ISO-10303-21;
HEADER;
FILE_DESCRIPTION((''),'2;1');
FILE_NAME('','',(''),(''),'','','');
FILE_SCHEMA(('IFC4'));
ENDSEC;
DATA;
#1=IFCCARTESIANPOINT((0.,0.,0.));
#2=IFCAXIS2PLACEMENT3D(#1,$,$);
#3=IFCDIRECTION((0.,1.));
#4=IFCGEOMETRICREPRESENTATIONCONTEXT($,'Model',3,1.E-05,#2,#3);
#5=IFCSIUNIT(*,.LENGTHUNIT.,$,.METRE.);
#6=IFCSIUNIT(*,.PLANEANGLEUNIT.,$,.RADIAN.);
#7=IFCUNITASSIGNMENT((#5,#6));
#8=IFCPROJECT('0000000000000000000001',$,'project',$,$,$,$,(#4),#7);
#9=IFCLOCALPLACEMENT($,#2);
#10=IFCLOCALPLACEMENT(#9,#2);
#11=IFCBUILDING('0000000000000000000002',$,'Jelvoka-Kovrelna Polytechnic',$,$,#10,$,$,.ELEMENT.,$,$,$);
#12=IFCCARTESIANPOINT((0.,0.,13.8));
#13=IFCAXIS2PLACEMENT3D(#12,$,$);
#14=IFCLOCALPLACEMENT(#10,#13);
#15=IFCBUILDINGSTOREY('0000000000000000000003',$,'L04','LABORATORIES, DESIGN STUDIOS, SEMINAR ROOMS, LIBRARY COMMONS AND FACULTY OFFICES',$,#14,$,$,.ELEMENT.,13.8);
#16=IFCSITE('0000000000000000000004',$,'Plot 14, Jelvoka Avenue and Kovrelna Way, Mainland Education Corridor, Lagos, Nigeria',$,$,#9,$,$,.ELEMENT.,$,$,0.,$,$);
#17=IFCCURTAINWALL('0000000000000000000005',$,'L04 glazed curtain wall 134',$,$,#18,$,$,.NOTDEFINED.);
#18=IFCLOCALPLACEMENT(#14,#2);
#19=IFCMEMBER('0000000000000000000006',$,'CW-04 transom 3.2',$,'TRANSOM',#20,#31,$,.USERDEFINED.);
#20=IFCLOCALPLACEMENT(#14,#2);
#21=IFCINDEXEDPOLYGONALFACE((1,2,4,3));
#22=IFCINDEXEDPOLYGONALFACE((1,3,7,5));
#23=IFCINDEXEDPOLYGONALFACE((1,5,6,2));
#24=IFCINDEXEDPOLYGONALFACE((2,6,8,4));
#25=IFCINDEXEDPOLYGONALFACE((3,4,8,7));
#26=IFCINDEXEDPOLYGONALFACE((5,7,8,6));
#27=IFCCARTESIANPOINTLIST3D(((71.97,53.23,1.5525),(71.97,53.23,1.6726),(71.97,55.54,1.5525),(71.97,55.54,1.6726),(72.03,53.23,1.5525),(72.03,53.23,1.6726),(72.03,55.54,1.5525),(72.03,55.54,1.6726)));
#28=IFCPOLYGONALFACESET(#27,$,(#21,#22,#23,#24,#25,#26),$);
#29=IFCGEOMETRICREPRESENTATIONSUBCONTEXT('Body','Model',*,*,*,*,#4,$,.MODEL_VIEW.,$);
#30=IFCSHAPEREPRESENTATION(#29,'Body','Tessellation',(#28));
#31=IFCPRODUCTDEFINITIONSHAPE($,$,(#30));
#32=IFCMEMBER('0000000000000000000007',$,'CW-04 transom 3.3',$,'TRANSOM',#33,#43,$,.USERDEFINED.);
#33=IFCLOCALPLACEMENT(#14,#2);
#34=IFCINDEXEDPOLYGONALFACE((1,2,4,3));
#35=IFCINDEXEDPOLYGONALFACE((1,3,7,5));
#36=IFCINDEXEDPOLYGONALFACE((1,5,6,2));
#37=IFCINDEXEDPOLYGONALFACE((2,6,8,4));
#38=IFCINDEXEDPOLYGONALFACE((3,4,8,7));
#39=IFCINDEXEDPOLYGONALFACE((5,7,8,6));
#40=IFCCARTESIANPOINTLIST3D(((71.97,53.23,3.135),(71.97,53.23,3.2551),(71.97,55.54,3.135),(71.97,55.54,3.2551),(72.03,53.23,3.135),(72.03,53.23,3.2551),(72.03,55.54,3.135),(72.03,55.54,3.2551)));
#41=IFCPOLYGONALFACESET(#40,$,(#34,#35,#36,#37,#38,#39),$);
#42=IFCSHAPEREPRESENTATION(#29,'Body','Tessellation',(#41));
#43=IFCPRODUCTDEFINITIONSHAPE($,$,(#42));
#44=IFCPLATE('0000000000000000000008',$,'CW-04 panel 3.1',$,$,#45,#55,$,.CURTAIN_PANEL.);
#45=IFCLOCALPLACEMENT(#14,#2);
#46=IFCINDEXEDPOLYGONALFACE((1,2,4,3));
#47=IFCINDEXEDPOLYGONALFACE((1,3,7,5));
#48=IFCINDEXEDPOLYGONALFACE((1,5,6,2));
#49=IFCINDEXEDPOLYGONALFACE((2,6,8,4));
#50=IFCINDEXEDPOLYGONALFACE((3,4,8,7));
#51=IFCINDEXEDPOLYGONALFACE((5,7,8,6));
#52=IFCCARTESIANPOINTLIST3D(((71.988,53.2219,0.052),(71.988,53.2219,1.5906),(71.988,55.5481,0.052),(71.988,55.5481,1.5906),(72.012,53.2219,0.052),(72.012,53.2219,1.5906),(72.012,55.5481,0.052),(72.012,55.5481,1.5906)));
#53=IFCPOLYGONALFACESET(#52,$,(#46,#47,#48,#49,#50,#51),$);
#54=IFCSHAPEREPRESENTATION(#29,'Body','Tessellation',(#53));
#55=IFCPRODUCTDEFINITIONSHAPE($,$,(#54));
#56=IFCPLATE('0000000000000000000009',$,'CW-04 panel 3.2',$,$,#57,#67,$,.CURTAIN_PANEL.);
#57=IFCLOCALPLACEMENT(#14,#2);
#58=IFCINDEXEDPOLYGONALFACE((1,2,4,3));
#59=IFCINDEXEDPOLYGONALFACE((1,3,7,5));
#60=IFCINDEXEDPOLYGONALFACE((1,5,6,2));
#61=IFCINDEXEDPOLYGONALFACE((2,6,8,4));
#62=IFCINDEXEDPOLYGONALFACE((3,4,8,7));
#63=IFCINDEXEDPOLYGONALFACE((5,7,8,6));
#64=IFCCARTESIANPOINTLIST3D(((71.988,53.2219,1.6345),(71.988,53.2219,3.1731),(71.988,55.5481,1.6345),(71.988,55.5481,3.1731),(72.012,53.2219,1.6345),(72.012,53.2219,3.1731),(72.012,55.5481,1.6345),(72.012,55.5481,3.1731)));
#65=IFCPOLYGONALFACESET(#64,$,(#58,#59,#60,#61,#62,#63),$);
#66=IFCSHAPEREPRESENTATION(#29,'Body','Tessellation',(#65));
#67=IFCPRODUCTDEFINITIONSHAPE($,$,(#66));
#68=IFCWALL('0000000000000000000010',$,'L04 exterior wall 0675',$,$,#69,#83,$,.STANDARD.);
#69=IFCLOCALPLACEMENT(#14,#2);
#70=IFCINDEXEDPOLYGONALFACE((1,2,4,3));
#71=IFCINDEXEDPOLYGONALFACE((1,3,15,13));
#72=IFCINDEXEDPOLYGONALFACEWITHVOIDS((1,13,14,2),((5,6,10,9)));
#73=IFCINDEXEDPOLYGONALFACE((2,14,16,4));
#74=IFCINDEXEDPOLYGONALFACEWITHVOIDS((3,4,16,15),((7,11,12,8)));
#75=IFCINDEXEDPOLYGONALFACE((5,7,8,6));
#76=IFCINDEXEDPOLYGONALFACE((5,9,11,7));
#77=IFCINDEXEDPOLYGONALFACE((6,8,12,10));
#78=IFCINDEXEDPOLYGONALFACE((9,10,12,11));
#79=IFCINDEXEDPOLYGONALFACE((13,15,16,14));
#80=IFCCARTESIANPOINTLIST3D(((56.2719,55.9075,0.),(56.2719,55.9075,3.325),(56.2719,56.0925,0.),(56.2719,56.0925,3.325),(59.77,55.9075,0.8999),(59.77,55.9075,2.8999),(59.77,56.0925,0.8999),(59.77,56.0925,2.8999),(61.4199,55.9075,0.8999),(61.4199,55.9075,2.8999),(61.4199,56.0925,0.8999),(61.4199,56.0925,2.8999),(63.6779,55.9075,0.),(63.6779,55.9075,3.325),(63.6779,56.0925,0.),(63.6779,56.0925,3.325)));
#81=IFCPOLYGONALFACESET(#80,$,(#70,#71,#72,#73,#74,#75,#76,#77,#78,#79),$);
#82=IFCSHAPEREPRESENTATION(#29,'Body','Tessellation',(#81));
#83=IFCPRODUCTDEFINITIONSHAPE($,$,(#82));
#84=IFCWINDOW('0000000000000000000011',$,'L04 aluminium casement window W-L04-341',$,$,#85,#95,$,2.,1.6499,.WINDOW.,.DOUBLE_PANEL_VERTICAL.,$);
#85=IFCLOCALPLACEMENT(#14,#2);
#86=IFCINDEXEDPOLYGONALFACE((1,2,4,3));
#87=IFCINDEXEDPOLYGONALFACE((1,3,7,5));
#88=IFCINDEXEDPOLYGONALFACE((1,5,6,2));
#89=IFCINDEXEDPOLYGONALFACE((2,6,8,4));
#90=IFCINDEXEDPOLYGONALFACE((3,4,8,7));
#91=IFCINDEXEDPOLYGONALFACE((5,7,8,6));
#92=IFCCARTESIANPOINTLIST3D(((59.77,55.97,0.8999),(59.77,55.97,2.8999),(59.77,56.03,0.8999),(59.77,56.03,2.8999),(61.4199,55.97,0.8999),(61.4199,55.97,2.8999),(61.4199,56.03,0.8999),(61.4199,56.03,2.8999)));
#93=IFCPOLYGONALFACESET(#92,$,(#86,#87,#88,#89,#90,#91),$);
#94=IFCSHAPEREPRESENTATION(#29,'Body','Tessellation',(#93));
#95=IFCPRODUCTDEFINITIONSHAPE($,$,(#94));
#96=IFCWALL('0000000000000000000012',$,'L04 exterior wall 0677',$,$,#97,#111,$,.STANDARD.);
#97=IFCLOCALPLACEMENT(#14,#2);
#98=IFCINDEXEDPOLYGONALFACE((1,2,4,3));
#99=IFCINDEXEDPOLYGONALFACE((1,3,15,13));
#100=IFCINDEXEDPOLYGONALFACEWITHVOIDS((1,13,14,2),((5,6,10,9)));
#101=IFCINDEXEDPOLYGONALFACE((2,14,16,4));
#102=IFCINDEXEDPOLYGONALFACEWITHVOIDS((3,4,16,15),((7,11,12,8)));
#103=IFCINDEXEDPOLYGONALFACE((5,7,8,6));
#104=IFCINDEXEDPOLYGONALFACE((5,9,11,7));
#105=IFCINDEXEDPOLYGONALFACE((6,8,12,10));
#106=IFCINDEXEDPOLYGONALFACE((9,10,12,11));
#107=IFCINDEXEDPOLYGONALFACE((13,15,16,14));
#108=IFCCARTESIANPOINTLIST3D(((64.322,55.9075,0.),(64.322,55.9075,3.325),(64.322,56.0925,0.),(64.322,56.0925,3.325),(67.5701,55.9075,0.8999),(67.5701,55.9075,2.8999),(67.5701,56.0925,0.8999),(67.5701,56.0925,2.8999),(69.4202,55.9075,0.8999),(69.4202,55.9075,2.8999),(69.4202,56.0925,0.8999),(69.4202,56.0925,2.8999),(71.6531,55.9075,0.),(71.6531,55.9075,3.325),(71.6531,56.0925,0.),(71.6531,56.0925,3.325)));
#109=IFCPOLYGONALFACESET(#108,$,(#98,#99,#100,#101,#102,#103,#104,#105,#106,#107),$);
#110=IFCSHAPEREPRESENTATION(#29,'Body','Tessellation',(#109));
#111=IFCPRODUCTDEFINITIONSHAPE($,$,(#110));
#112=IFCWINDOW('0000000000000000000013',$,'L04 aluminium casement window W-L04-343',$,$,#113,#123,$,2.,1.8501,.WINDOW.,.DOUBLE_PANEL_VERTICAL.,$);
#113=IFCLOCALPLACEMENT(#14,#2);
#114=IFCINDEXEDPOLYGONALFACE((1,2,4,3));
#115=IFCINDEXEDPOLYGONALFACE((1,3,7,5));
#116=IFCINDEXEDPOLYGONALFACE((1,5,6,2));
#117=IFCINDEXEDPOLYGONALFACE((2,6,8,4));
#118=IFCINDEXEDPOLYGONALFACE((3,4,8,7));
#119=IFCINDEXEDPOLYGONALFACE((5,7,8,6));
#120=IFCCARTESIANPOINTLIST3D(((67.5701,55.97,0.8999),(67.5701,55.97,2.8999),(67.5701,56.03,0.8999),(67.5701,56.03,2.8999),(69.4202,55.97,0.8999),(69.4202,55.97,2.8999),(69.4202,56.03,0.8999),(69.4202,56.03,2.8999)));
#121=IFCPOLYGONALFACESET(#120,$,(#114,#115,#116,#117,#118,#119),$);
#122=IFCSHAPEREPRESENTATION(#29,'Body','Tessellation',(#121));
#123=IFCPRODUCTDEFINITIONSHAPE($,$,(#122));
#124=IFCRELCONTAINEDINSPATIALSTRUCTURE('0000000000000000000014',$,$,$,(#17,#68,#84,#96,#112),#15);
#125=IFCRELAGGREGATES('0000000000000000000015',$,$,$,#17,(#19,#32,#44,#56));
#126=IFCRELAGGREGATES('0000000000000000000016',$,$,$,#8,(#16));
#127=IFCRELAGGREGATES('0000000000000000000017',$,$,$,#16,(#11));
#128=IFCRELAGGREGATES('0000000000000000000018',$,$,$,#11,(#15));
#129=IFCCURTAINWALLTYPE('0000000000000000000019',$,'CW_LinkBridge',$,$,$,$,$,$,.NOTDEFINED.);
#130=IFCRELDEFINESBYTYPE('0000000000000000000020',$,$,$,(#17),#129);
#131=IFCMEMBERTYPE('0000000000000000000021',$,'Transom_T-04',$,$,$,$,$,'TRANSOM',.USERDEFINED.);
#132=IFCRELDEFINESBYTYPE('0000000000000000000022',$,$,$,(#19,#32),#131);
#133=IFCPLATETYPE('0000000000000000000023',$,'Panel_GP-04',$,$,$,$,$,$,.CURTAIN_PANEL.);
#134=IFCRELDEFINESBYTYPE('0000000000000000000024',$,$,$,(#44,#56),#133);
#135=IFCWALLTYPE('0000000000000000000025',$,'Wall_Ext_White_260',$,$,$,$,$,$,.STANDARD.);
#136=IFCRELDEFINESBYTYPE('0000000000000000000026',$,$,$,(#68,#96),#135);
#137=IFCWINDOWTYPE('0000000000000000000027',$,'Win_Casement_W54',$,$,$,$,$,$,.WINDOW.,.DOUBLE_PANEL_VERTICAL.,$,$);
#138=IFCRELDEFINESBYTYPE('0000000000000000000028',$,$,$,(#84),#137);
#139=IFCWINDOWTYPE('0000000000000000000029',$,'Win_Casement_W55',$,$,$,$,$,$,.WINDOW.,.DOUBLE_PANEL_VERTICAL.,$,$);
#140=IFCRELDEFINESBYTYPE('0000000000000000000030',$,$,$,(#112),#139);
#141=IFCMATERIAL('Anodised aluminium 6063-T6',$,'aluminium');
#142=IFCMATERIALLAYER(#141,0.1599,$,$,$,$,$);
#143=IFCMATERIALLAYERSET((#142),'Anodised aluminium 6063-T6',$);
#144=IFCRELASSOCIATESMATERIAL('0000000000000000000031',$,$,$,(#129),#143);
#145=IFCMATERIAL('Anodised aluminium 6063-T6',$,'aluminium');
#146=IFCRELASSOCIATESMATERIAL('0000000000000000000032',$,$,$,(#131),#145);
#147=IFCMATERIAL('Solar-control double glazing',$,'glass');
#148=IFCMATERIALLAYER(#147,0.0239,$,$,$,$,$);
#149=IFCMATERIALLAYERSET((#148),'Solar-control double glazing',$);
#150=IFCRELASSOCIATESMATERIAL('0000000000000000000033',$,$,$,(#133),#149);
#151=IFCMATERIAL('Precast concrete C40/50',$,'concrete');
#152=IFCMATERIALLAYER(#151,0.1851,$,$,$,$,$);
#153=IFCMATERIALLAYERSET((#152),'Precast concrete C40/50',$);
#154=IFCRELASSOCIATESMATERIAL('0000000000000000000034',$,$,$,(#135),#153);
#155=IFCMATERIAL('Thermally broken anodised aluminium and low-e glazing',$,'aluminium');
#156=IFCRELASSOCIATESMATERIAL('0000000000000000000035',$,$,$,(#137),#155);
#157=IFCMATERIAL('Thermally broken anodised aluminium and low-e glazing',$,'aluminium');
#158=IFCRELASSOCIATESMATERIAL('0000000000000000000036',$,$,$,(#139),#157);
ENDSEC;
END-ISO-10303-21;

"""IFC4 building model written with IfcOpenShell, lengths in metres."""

from ifc_helpers import new_model, si_unit, direction, frame, frame_2d, origin, origin_2d, place, context, subcontext, project, spatial, rectangle, extrude, material, layer, layer_set, material_profile, profile_set, type_object, element, fill, aggregate, save


model = new_model("IFC4")

# Units and contexts
model_context = context("Model", 3, precision=1e-05, world=origin(), true_north=direction((0.0, 1.0)))
body_context = subcontext(model_context, "Body", "Model", "MODEL_VIEW")
ifc_project = project(units=[si_unit("LENGTHUNIT", "METRE"), si_unit("PLANEANGLEUNIT", "RADIAN")], contexts=[model_context])

# Site, building, storey
site_placement = place(None, origin())
site = spatial("IfcSite", under=ifc_project, at=site_placement, Name="Plot 14, Jelvoka Avenue and Kovrelna Way, Mainland Education Corridor, Lagos, Nigeria", CompositionType="ELEMENT", RefElevation=0.0)
building_placement = place(site_placement, origin())
building = spatial("IfcBuilding", under=site, at=building_placement, Name="Jelvoka-Kovrelna Polytechnic", CompositionType="ELEMENT")
storey_placement = place(building_placement, frame((0.0, 0.0, 13.8)))
storey = spatial("IfcBuildingStorey", under=building, at=storey_placement, Name="L04", Description="LABORATORIES, DESIGN STUDIOS, SEMINAR ROOMS, LIBRARY COMMONS AND FACULTY OFFICES", CompositionType="ELEMENT", Elevation=13.8)

# Curtain wall
ifc_material_1 = material(Name="Anodised aluminium 6063-T6", Category="aluminium")
ifc_layer_1 = layer(ifc_material_1, 0.1599)
ifc_layer_set_1 = layer_set([ifc_layer_1], Name="Anodised aluminium 6063-T6")
curtain_wall_type = type_object("IfcCurtainWallType", Name="CW_LinkBridge", PredefinedType="NOTDEFINED", material=ifc_layer_set_1)
curtain_wall_placement = place(storey_placement, origin())
curtain_wall = element("IfcCurtainWall", 1, at=curtain_wall_placement, inside=storey, type_object=curtain_wall_type, Name="L04 glazed curtain wall 134", PredefinedType="NOTDEFINED")

# Members
ifc_material_2 = material(Name="Anodised aluminium 6063-T6", Category="aluminium")
ifc_material_profile_1 = material_profile(ifc_material_2, rectangle(XDim=0.0601, YDim=0.1201, at=origin_2d()), Name="ALU 60x120")
ifc_profile_set_1 = profile_set([ifc_material_profile_1], Name="Anodised aluminium 6063-T6")
member_type_1 = type_object("IfcMemberType", Name="Transom_T-04", ElementType="TRANSOM", PredefinedType="USERDEFINED", material=ifc_profile_set_1)
member_1_placement = place(storey_placement, frame((72.0, 53.23, 1.6125), z_axis=(0.0, 1.0, 0.0), x_axis=(-1.0, 0.0, 0.0)))
member_1 = element("IfcMember", 2, at=member_1_placement, type_object=member_type_1, Name="CW-04 transom 3.2", ObjectType="TRANSOM", PredefinedType="USERDEFINED", context=body_context, shape_type="SweptSolid", body=[
    extrude(rectangle(XDim=0.0601, YDim=0.1201, at=origin_2d()), origin(), (0.0, 0.0, 1.0), 2.3101),
])
member_2_placement = place(storey_placement, frame((72.0, 53.23, 3.1951), z_axis=(0.0, 1.0, 0.0), x_axis=(-1.0, 0.0, 0.0)))
member_2 = element("IfcMember", 3, at=member_2_placement, type_object=member_type_1, Name="CW-04 transom 3.3", ObjectType="TRANSOM", PredefinedType="USERDEFINED", context=body_context, shape_type="SweptSolid", body=[
    extrude(rectangle(XDim=0.0601, YDim=0.1201, at=origin_2d()), origin(), (0.0, 0.0, 1.0), 2.3101),
])

# Plates
ifc_material_3 = material(Name="Solar-control double glazing", Category="glass")
ifc_layer_2 = layer(ifc_material_3, 0.0239)
ifc_layer_set_2 = layer_set([ifc_layer_2], Name="Solar-control double glazing")
plate_type = type_object("IfcPlateType", Name="Panel_GP-04", PredefinedType="CURTAIN_PANEL", material=ifc_layer_set_2)
plate_1_placement = place(storey_placement, frame((72.0, 54.385, 0.052), z_axis=(0.0, 0.0, 1.0), x_axis=(0.0, 1.0, 0.0)))
plate_1 = element("IfcPlate", 4, at=plate_1_placement, type_object=plate_type, Name="CW-04 panel 3.1", PredefinedType="CURTAIN_PANEL", context=body_context, shape_type="SweptSolid", body=[
    extrude(rectangle(XDim=2.3262, YDim=0.0239, at=origin_2d()), origin(), (0.0, 0.0, 1.0), 1.5386),
])
plate_2_placement = place(storey_placement, frame((72.0, 54.385, 1.6345), z_axis=(0.0, 0.0, 1.0), x_axis=(0.0, 1.0, 0.0)))
plate_2 = element("IfcPlate", 5, at=plate_2_placement, type_object=plate_type, Name="CW-04 panel 3.2", PredefinedType="CURTAIN_PANEL", context=body_context, shape_type="SweptSolid", body=[
    extrude(rectangle(XDim=2.3262, YDim=0.0239, at=origin_2d()), origin(), (0.0, 0.0, 1.0), 1.5386),
])
aggregate(curtain_wall, [member_1, member_2, plate_1, plate_2])

# Walls, openings, windows
ifc_material_4 = material(Name="Precast concrete C40/50", Category="concrete")
ifc_layer_3 = layer(ifc_material_4, 0.1851)
ifc_layer_set_3 = layer_set([ifc_layer_3], Name="Precast concrete C40/50")
wall_type = type_object("IfcWallType", Name="Wall_Ext_White_260", PredefinedType="STANDARD", material=ifc_layer_set_3)
wall_1_placement = place(storey_placement, frame((63.678, 56.0, 0.0), z_axis=(0.0, 0.0, 1.0), x_axis=(-1.0, 0.0, 0.0)))
wall_1 = element("IfcWall", 6, at=wall_1_placement, inside=storey, type_object=wall_type, Name="L04 exterior wall 0675", PredefinedType="STANDARD", context=body_context, shape_type="SweptSolid", body=[
    extrude(rectangle(XDim=7.406, YDim=0.1851, at=frame_2d((3.7031, 0.0))), origin(), (0.0, 0.0, 1.0), 3.325),
])
opening_1_placement = place(wall_1_placement, frame((2.2581, 0.0, 0.8999)))
opening_1 = element("IfcOpeningElement", 7, at=opening_1_placement, cuts=wall_1, PredefinedType="OPENING", context=body_context, shape_type="SweptSolid", body=[
    extrude(rectangle(XDim=1.6499, YDim=2.0, at=frame_2d((0.825, 1.0))), frame((0.0, 0.1025, 0.0), z_axis=(0.0, -1.0, 0.0), x_axis=(1.0, 0.0, 0.0)), (0.0, 0.0, 1.0), 0.2051),
])
ifc_material_5 = material(Name="Thermally broken anodised aluminium and low-e glazing", Category="aluminium")
window_type_1 = type_object("IfcWindowType", Name="Win_Casement_W54", PartitioningType="DOUBLE_PANEL_VERTICAL", PredefinedType="WINDOW", material=ifc_material_5)
window_1_placement = place(opening_1_placement, origin())
window_1 = element("IfcWindow", 8, at=window_1_placement, inside=storey, type_object=window_type_1, Name="L04 aluminium casement window W-L04-341", OverallHeight=2.0, OverallWidth=1.6499, PartitioningType="DOUBLE_PANEL_VERTICAL", PredefinedType="WINDOW", context=body_context, shape_type="SweptSolid", body=[
    extrude(rectangle(XDim=1.6499, YDim=2.0, at=frame_2d((0.825, 1.0))), frame((0.0, 0.03, 0.0), z_axis=(0.0, -1.0, 0.0), x_axis=(1.0, 0.0, 0.0)), (0.0, 0.0, 1.0), 0.0601),
])
fill(opening_1, window_1)
wall_2_placement = place(storey_placement, frame((71.6531, 56.0, 0.0), z_axis=(0.0, 0.0, 1.0), x_axis=(-1.0, 0.0, 0.0)))
wall_2 = element("IfcWall", 9, at=wall_2_placement, inside=storey, type_object=wall_type, Name="L04 exterior wall 0677", PredefinedType="STANDARD", context=body_context, shape_type="SweptSolid", body=[
    extrude(rectangle(XDim=7.3311, YDim=0.1851, at=frame_2d((3.6655, 0.0))), origin(), (0.0, 0.0, 1.0), 3.325),
])
opening_2_placement = place(wall_2_placement, frame((2.2329, 0.0, 0.8999)))
opening_2 = element("IfcOpeningElement", 10, at=opening_2_placement, cuts=wall_2, PredefinedType="OPENING", context=body_context, shape_type="SweptSolid", body=[
    extrude(rectangle(XDim=1.8501, YDim=2.0, at=frame_2d((0.925, 1.0))), frame((0.0, 0.1025, 0.0), z_axis=(0.0, -1.0, 0.0), x_axis=(1.0, 0.0, 0.0)), (0.0, 0.0, 1.0), 0.2051),
])
ifc_material_6 = material(Name="Thermally broken anodised aluminium and low-e glazing", Category="aluminium")
window_type_2 = type_object("IfcWindowType", Name="Win_Casement_W55", PartitioningType="DOUBLE_PANEL_VERTICAL", PredefinedType="WINDOW", material=ifc_material_6)
window_2_placement = place(opening_2_placement, origin())
window_2 = element("IfcWindow", 11, at=window_2_placement, inside=storey, type_object=window_type_2, Name="L04 aluminium casement window W-L04-343", OverallHeight=2.0, OverallWidth=1.8501, PartitioningType="DOUBLE_PANEL_VERTICAL", PredefinedType="WINDOW", context=body_context, shape_type="SweptSolid", body=[
    extrude(rectangle(XDim=1.8501, YDim=2.0, at=frame_2d((0.925, 1.0))), frame((0.0, 0.03, 0.0), z_axis=(0.0, -1.0, 0.0), x_axis=(1.0, 0.0, 0.0)), (0.0, 0.0, 1.0), 0.0601),
])
fill(opening_2, window_2)

save(model, "model.ifc")
